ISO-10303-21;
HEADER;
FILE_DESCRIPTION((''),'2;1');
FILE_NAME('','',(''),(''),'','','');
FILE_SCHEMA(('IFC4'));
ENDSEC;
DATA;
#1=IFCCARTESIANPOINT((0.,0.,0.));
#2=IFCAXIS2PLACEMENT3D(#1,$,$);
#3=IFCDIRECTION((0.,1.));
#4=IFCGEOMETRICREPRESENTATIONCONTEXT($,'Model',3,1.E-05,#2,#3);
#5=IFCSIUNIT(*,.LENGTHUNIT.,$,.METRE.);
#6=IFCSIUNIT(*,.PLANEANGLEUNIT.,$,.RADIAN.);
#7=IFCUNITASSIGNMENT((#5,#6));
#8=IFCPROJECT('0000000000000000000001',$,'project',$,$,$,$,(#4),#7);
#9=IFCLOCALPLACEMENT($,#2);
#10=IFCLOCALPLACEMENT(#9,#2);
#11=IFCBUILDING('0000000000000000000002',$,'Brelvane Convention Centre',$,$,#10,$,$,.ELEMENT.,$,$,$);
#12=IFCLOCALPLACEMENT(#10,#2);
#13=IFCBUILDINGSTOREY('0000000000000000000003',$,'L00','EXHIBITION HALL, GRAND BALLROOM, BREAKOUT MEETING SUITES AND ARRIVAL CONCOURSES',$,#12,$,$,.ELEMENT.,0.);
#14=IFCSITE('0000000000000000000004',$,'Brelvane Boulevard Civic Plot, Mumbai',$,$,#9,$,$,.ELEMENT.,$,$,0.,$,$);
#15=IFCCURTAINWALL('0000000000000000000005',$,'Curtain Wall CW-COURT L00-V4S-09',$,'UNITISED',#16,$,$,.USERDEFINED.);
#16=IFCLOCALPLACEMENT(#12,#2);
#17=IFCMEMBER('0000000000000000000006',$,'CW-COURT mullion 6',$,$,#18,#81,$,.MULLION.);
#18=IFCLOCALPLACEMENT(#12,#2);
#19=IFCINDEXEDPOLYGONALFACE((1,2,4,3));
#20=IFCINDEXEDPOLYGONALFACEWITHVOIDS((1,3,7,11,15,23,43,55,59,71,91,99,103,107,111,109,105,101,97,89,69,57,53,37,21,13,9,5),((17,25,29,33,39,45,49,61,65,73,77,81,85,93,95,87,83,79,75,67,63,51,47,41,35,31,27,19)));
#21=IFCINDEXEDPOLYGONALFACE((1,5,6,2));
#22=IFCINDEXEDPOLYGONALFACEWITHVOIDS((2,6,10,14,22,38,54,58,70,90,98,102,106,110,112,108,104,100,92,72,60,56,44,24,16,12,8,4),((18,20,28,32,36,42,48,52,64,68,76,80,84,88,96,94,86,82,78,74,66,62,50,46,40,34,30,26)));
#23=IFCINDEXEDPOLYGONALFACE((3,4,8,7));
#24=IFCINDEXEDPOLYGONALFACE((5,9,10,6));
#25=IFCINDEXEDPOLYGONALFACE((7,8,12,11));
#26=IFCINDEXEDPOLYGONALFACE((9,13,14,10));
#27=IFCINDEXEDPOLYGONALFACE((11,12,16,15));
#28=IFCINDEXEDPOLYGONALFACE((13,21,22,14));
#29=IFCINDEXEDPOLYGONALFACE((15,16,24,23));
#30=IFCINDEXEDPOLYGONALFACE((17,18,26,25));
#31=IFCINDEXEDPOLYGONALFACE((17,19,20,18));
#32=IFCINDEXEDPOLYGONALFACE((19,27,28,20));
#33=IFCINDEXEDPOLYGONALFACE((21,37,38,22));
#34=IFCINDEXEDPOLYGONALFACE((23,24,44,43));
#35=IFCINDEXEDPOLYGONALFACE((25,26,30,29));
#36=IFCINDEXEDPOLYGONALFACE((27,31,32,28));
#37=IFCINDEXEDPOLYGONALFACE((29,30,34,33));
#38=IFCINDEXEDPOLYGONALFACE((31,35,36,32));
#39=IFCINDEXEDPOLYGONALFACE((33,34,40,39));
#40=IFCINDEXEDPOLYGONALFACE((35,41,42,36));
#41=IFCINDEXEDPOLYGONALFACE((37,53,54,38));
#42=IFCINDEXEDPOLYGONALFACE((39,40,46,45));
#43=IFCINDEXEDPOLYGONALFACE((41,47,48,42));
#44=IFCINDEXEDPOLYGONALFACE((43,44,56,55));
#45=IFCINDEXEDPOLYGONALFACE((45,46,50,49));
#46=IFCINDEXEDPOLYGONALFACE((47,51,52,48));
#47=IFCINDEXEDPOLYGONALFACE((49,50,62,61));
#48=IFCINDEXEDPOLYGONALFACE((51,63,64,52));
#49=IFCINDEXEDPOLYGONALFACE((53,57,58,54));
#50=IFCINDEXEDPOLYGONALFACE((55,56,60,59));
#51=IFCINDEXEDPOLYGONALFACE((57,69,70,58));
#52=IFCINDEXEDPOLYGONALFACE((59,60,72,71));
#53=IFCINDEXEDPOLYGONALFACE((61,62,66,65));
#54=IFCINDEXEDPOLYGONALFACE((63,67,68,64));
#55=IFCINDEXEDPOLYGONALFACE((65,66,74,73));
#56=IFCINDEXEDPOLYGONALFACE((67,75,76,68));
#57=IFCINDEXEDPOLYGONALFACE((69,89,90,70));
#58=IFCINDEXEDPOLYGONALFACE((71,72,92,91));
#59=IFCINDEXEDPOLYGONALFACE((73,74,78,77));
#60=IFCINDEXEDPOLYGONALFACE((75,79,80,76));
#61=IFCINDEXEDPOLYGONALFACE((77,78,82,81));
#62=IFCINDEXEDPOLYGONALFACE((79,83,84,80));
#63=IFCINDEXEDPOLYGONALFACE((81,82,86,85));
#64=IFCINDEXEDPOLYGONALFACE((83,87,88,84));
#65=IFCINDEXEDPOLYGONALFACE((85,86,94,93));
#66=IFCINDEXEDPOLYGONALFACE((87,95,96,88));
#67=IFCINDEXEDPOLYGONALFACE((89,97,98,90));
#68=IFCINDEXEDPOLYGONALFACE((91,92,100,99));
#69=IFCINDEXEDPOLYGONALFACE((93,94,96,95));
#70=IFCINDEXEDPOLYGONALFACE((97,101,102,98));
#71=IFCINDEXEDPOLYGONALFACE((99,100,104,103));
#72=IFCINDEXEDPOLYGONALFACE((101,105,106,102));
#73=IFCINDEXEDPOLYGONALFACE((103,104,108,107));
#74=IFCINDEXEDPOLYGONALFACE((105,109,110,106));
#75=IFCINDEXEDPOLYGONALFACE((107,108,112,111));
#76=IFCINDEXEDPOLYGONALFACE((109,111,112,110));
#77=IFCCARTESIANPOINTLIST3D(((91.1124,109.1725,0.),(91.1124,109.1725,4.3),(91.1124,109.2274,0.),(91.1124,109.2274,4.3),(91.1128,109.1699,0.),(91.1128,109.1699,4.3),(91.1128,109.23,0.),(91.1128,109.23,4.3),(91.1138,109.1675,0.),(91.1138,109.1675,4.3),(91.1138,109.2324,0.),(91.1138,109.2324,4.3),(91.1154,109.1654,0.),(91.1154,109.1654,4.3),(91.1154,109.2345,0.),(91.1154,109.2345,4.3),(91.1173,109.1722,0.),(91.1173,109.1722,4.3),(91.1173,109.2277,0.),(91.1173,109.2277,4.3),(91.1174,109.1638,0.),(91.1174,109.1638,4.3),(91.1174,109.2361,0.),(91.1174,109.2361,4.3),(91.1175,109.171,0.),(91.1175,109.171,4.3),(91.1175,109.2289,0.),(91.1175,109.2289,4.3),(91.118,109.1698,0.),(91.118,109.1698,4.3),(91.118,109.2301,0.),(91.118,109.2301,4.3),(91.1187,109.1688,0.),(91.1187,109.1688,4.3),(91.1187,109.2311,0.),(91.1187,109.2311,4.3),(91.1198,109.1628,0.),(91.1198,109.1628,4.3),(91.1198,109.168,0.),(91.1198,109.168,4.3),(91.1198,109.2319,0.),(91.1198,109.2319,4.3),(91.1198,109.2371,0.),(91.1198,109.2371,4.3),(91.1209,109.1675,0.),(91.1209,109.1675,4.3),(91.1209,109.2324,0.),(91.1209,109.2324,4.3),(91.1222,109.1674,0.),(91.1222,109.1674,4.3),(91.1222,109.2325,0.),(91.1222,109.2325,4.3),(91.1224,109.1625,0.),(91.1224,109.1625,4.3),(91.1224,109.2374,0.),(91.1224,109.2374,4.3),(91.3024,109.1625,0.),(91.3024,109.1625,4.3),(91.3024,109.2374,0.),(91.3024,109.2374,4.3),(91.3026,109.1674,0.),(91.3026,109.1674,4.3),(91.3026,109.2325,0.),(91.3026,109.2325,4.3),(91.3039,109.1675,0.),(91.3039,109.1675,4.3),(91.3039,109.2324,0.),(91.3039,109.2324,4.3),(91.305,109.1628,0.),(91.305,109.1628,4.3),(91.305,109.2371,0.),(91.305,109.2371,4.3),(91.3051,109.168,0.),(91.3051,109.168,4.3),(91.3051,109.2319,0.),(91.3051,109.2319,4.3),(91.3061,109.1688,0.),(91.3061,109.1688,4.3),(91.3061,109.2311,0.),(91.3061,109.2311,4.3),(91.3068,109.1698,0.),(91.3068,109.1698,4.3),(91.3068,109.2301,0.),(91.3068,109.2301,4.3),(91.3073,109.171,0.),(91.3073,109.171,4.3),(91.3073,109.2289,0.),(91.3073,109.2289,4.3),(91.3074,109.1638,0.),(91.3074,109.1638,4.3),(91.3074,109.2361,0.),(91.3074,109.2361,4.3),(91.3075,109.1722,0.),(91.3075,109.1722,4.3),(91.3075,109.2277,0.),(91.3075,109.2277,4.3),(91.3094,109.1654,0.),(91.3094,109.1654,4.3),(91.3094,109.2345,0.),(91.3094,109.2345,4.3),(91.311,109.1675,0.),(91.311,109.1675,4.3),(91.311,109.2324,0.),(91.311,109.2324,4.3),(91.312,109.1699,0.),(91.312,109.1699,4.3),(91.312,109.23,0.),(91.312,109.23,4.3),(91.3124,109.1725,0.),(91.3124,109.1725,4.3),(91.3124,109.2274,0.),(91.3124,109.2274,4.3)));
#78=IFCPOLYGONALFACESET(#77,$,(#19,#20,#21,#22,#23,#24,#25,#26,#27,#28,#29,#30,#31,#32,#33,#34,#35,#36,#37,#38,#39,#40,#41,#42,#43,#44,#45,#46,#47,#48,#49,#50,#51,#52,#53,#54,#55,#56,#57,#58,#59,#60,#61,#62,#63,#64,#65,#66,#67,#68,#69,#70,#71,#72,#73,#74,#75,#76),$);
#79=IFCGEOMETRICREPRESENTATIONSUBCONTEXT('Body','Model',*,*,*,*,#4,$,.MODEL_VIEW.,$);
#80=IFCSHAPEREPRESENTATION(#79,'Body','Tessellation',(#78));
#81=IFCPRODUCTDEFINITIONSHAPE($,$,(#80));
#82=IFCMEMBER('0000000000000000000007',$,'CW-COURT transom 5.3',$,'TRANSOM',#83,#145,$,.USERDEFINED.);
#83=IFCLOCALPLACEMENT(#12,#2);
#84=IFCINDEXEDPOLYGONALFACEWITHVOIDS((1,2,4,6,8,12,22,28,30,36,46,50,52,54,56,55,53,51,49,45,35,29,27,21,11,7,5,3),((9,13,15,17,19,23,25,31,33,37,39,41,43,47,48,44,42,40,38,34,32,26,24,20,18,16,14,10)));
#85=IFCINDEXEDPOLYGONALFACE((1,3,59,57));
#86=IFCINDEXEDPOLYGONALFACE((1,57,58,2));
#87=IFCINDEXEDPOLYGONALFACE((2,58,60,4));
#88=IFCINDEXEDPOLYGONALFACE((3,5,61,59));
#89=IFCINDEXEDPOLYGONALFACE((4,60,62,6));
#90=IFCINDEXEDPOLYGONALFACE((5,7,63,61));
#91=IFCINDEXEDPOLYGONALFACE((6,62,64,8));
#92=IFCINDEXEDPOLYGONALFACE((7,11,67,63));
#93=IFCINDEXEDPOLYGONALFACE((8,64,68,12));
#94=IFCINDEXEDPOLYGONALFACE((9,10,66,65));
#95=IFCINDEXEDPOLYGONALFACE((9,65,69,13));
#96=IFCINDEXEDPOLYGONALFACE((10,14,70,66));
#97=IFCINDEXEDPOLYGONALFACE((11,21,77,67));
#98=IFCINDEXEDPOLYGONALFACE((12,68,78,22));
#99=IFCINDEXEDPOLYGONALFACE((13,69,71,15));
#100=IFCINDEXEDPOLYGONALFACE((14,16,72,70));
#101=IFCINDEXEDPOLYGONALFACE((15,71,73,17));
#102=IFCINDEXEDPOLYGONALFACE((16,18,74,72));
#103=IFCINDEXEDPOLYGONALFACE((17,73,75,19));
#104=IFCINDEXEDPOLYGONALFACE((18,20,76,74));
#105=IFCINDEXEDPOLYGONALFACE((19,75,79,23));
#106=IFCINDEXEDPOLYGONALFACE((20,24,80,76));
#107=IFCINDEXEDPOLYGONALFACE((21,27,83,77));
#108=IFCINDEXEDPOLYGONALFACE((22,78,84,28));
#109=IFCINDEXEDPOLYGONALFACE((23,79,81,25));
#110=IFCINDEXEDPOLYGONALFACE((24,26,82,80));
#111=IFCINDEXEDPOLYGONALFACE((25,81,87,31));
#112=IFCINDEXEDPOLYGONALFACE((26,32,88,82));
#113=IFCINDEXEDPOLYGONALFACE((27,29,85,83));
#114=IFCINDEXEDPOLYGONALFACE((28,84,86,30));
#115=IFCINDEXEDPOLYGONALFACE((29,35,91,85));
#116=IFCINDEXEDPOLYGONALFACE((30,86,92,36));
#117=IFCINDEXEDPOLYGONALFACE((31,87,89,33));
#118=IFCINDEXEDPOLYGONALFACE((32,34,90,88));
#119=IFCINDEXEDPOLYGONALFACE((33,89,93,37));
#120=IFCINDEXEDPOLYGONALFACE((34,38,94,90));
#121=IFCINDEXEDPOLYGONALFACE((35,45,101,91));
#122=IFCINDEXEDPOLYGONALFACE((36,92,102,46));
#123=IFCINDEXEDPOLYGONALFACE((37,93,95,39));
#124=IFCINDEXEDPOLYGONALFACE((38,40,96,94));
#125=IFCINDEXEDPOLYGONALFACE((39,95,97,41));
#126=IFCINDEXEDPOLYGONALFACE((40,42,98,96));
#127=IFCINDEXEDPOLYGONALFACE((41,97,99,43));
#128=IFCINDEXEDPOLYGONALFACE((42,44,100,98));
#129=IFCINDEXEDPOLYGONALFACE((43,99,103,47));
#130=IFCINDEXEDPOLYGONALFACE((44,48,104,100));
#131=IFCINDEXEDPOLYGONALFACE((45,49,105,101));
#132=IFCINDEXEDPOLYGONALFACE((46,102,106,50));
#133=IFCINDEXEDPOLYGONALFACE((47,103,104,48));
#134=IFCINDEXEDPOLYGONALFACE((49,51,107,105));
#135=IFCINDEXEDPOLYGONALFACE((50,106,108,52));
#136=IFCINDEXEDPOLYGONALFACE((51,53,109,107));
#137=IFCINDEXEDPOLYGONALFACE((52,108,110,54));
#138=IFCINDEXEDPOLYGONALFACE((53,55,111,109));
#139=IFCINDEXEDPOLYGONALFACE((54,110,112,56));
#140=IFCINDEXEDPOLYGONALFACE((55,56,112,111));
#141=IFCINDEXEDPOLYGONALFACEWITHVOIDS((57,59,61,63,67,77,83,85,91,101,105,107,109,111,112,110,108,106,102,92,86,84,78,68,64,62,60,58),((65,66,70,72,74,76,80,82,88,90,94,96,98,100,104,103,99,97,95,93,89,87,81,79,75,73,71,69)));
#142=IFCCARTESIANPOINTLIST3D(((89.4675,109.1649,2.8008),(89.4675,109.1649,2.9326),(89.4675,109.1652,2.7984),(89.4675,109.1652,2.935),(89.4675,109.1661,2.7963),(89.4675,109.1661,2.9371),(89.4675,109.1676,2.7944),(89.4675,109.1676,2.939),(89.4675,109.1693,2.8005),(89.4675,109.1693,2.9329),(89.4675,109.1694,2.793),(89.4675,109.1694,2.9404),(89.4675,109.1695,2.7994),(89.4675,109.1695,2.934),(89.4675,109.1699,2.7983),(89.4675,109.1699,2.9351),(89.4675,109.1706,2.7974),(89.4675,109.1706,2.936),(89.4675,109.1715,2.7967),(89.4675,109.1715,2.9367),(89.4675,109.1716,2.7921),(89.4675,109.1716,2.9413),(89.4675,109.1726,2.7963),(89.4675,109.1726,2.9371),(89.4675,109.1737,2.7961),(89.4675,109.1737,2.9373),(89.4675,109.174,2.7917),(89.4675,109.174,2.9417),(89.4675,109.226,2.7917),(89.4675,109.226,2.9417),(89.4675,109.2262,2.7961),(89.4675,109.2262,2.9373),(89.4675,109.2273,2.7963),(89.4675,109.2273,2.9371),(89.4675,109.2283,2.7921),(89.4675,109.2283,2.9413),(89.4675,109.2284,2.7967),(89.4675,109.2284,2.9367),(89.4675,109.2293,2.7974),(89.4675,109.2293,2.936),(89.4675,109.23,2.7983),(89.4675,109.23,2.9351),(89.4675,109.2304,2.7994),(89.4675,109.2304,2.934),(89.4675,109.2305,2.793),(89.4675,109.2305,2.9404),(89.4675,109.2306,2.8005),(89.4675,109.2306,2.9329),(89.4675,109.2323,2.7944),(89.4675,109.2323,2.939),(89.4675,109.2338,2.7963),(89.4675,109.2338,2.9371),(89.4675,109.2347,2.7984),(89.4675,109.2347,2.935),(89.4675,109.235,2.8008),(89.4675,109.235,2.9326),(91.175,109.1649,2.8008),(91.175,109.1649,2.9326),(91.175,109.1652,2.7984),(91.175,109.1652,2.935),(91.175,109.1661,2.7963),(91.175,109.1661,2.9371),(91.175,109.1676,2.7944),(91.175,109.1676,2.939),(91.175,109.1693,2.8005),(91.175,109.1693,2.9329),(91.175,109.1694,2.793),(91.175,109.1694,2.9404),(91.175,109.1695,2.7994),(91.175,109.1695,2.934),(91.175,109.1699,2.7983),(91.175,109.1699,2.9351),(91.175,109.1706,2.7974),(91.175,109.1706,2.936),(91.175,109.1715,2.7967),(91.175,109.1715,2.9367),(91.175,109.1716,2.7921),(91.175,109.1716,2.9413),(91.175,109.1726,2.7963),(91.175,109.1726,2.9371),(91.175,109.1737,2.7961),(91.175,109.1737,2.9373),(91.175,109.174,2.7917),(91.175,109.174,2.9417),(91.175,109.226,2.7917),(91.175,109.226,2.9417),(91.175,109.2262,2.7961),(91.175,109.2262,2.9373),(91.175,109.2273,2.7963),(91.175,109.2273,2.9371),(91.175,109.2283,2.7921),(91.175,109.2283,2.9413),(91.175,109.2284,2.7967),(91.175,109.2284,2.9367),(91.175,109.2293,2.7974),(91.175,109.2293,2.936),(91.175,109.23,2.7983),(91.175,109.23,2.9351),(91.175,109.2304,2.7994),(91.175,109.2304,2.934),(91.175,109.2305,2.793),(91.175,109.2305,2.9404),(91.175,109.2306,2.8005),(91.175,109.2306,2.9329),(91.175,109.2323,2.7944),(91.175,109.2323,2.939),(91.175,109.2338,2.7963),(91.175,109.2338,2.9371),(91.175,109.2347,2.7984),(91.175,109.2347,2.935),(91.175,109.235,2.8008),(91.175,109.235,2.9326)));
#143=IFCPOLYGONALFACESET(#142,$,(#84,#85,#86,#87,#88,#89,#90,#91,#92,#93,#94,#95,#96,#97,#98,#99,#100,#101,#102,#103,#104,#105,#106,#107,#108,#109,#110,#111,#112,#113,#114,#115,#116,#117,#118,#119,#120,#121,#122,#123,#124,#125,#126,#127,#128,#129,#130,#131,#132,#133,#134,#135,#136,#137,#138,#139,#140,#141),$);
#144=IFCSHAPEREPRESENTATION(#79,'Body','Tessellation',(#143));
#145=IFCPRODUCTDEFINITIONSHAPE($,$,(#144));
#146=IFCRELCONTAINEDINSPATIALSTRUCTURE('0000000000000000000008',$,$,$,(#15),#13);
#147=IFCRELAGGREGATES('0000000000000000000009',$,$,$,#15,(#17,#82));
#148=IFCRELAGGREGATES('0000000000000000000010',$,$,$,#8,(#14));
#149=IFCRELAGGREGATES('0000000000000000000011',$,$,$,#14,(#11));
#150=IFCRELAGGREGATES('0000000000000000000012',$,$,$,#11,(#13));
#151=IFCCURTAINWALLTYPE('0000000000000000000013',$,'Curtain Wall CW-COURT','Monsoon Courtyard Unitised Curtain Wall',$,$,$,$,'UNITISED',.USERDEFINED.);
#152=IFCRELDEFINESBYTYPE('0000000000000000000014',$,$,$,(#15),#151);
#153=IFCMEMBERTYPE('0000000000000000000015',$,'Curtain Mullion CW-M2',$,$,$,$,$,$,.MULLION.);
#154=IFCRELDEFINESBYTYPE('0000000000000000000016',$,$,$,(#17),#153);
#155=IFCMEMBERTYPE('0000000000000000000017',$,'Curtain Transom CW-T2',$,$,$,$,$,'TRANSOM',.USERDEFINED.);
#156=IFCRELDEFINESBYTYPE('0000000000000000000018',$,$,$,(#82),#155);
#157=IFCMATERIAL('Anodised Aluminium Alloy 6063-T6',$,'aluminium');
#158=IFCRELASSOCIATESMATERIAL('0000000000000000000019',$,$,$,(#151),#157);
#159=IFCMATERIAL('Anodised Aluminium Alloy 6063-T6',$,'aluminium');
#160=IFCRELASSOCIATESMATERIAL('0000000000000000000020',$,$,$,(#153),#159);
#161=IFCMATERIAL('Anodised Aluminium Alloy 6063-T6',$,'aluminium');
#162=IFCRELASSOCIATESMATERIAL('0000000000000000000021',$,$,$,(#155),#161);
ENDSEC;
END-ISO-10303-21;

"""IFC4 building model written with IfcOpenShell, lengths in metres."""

from ifc_helpers import new_model, si_unit, direction, frame, origin, origin_2d, place, context, subcontext, project, spatial, hollow_rectangle, extrude, material, material_profile, profile_set, type_object, element, aggregate, save


model = new_model("IFC4")

# Units and contexts
model_context = context("Model", 3, precision=1e-05, world=origin(), true_north=direction((0.0, 1.0)))
body_context = subcontext(model_context, "Body", "Model", "MODEL_VIEW")
ifc_project = project(units=[si_unit("LENGTHUNIT", "METRE"), si_unit("PLANEANGLEUNIT", "RADIAN")], contexts=[model_context])

# Site, building, storey
site_placement = place(None, origin())
site = spatial("IfcSite", under=ifc_project, at=site_placement, Name="Brelvane Boulevard Civic Plot, Mumbai", CompositionType="ELEMENT", RefElevation=0.0)
building_placement = place(site_placement, origin())
building = spatial("IfcBuilding", under=site, at=building_placement, Name="Brelvane Convention Centre", CompositionType="ELEMENT")
storey_placement = place(building_placement, origin())
storey = spatial("IfcBuildingStorey", under=building, at=storey_placement, Name="L00", Description="EXHIBITION HALL, GRAND BALLROOM, BREAKOUT MEETING SUITES AND ARRIVAL CONCOURSES", CompositionType="ELEMENT", Elevation=0.0)

# Curtain wall, members
ifc_material_1 = material(Name="Anodised Aluminium Alloy 6063-T6", Category="aluminium")
curtain_wall_type = type_object("IfcCurtainWallType", Name="Curtain Wall CW-COURT", Description="Monsoon Courtyard Unitised Curtain Wall", ElementType="UNITISED", PredefinedType="USERDEFINED", material=ifc_material_1)
curtain_wall_placement = place(storey_placement, origin())
curtain_wall = element("IfcCurtainWall", 1, at=curtain_wall_placement, inside=storey, type_object=curtain_wall_type, Name="Curtain Wall CW-COURT L00-V4S-09", ObjectType="UNITISED", PredefinedType="USERDEFINED")
ifc_material_2 = material(Name="Anodised Aluminium Alloy 6063-T6", Category="aluminium")
ifc_material_profile_1 = material_profile(ifc_material_2, hollow_rectangle(XDim=0.075, YDim=0.2, WallThickness=0.0049, InnerFilletRadius=0.0049, OuterFilletRadius=0.01, at=origin_2d()), Name="ALU-M 200x75x5.0")
ifc_profile_set_1 = profile_set([ifc_material_profile_1], Name="Anodised Aluminium Alloy 6063-T6")
member_type_1 = type_object("IfcMemberType", Name="Curtain Mullion CW-M2", PredefinedType="MULLION", material=ifc_profile_set_1)
member_1_placement = place(storey_placement, frame((91.2124, 109.2, 0.0), z_axis=(0.0, 0.0, 1.0), x_axis=(0.0, 1.0, 0.0)))
member_1 = element("IfcMember", 2, at=member_1_placement, type_object=member_type_1, Name="CW-COURT mullion 6", PredefinedType="MULLION", context=body_context, shape_type="SweptSolid", body=[
    extrude(hollow_rectangle(XDim=0.075, YDim=0.2, WallThickness=0.0049, InnerFilletRadius=0.0049, OuterFilletRadius=0.01, at=origin_2d()), origin(), (0.0, 0.0, 1.0), 4.3),
])
ifc_material_3 = material(Name="Anodised Aluminium Alloy 6063-T6", Category="aluminium")
ifc_material_profile_2 = material_profile(ifc_material_3, hollow_rectangle(XDim=0.0701, YDim=0.1499, WallThickness=0.0044, InnerFilletRadius=0.0044, OuterFilletRadius=0.009, at=origin_2d()), Name="ALU-T 150x70x4.5")
ifc_profile_set_2 = profile_set([ifc_material_profile_2], Name="Anodised Aluminium Alloy 6063-T6")
member_type_2 = type_object("IfcMemberType", Name="Curtain Transom CW-T2", ElementType="TRANSOM", PredefinedType="USERDEFINED", material=ifc_profile_set_2)
member_2_placement = place(storey_placement, frame((89.4675, 109.2, 2.8667), z_axis=(1.0, 0.0, 0.0), x_axis=(0.0, 1.0, 0.0)))
member_2 = element("IfcMember", 3, at=member_2_placement, type_object=member_type_2, Name="CW-COURT transom 5.3", ObjectType="TRANSOM", PredefinedType="USERDEFINED", context=body_context, shape_type="SweptSolid", body=[
    extrude(hollow_rectangle(XDim=0.0701, YDim=0.1499, WallThickness=0.0044, InnerFilletRadius=0.0044, OuterFilletRadius=0.009, at=origin_2d()), origin(), (0.0, 0.0, 1.0), 1.7075),
])

aggregate(curtain_wall, [member_1, member_2])

save(model, "model.ifc")
